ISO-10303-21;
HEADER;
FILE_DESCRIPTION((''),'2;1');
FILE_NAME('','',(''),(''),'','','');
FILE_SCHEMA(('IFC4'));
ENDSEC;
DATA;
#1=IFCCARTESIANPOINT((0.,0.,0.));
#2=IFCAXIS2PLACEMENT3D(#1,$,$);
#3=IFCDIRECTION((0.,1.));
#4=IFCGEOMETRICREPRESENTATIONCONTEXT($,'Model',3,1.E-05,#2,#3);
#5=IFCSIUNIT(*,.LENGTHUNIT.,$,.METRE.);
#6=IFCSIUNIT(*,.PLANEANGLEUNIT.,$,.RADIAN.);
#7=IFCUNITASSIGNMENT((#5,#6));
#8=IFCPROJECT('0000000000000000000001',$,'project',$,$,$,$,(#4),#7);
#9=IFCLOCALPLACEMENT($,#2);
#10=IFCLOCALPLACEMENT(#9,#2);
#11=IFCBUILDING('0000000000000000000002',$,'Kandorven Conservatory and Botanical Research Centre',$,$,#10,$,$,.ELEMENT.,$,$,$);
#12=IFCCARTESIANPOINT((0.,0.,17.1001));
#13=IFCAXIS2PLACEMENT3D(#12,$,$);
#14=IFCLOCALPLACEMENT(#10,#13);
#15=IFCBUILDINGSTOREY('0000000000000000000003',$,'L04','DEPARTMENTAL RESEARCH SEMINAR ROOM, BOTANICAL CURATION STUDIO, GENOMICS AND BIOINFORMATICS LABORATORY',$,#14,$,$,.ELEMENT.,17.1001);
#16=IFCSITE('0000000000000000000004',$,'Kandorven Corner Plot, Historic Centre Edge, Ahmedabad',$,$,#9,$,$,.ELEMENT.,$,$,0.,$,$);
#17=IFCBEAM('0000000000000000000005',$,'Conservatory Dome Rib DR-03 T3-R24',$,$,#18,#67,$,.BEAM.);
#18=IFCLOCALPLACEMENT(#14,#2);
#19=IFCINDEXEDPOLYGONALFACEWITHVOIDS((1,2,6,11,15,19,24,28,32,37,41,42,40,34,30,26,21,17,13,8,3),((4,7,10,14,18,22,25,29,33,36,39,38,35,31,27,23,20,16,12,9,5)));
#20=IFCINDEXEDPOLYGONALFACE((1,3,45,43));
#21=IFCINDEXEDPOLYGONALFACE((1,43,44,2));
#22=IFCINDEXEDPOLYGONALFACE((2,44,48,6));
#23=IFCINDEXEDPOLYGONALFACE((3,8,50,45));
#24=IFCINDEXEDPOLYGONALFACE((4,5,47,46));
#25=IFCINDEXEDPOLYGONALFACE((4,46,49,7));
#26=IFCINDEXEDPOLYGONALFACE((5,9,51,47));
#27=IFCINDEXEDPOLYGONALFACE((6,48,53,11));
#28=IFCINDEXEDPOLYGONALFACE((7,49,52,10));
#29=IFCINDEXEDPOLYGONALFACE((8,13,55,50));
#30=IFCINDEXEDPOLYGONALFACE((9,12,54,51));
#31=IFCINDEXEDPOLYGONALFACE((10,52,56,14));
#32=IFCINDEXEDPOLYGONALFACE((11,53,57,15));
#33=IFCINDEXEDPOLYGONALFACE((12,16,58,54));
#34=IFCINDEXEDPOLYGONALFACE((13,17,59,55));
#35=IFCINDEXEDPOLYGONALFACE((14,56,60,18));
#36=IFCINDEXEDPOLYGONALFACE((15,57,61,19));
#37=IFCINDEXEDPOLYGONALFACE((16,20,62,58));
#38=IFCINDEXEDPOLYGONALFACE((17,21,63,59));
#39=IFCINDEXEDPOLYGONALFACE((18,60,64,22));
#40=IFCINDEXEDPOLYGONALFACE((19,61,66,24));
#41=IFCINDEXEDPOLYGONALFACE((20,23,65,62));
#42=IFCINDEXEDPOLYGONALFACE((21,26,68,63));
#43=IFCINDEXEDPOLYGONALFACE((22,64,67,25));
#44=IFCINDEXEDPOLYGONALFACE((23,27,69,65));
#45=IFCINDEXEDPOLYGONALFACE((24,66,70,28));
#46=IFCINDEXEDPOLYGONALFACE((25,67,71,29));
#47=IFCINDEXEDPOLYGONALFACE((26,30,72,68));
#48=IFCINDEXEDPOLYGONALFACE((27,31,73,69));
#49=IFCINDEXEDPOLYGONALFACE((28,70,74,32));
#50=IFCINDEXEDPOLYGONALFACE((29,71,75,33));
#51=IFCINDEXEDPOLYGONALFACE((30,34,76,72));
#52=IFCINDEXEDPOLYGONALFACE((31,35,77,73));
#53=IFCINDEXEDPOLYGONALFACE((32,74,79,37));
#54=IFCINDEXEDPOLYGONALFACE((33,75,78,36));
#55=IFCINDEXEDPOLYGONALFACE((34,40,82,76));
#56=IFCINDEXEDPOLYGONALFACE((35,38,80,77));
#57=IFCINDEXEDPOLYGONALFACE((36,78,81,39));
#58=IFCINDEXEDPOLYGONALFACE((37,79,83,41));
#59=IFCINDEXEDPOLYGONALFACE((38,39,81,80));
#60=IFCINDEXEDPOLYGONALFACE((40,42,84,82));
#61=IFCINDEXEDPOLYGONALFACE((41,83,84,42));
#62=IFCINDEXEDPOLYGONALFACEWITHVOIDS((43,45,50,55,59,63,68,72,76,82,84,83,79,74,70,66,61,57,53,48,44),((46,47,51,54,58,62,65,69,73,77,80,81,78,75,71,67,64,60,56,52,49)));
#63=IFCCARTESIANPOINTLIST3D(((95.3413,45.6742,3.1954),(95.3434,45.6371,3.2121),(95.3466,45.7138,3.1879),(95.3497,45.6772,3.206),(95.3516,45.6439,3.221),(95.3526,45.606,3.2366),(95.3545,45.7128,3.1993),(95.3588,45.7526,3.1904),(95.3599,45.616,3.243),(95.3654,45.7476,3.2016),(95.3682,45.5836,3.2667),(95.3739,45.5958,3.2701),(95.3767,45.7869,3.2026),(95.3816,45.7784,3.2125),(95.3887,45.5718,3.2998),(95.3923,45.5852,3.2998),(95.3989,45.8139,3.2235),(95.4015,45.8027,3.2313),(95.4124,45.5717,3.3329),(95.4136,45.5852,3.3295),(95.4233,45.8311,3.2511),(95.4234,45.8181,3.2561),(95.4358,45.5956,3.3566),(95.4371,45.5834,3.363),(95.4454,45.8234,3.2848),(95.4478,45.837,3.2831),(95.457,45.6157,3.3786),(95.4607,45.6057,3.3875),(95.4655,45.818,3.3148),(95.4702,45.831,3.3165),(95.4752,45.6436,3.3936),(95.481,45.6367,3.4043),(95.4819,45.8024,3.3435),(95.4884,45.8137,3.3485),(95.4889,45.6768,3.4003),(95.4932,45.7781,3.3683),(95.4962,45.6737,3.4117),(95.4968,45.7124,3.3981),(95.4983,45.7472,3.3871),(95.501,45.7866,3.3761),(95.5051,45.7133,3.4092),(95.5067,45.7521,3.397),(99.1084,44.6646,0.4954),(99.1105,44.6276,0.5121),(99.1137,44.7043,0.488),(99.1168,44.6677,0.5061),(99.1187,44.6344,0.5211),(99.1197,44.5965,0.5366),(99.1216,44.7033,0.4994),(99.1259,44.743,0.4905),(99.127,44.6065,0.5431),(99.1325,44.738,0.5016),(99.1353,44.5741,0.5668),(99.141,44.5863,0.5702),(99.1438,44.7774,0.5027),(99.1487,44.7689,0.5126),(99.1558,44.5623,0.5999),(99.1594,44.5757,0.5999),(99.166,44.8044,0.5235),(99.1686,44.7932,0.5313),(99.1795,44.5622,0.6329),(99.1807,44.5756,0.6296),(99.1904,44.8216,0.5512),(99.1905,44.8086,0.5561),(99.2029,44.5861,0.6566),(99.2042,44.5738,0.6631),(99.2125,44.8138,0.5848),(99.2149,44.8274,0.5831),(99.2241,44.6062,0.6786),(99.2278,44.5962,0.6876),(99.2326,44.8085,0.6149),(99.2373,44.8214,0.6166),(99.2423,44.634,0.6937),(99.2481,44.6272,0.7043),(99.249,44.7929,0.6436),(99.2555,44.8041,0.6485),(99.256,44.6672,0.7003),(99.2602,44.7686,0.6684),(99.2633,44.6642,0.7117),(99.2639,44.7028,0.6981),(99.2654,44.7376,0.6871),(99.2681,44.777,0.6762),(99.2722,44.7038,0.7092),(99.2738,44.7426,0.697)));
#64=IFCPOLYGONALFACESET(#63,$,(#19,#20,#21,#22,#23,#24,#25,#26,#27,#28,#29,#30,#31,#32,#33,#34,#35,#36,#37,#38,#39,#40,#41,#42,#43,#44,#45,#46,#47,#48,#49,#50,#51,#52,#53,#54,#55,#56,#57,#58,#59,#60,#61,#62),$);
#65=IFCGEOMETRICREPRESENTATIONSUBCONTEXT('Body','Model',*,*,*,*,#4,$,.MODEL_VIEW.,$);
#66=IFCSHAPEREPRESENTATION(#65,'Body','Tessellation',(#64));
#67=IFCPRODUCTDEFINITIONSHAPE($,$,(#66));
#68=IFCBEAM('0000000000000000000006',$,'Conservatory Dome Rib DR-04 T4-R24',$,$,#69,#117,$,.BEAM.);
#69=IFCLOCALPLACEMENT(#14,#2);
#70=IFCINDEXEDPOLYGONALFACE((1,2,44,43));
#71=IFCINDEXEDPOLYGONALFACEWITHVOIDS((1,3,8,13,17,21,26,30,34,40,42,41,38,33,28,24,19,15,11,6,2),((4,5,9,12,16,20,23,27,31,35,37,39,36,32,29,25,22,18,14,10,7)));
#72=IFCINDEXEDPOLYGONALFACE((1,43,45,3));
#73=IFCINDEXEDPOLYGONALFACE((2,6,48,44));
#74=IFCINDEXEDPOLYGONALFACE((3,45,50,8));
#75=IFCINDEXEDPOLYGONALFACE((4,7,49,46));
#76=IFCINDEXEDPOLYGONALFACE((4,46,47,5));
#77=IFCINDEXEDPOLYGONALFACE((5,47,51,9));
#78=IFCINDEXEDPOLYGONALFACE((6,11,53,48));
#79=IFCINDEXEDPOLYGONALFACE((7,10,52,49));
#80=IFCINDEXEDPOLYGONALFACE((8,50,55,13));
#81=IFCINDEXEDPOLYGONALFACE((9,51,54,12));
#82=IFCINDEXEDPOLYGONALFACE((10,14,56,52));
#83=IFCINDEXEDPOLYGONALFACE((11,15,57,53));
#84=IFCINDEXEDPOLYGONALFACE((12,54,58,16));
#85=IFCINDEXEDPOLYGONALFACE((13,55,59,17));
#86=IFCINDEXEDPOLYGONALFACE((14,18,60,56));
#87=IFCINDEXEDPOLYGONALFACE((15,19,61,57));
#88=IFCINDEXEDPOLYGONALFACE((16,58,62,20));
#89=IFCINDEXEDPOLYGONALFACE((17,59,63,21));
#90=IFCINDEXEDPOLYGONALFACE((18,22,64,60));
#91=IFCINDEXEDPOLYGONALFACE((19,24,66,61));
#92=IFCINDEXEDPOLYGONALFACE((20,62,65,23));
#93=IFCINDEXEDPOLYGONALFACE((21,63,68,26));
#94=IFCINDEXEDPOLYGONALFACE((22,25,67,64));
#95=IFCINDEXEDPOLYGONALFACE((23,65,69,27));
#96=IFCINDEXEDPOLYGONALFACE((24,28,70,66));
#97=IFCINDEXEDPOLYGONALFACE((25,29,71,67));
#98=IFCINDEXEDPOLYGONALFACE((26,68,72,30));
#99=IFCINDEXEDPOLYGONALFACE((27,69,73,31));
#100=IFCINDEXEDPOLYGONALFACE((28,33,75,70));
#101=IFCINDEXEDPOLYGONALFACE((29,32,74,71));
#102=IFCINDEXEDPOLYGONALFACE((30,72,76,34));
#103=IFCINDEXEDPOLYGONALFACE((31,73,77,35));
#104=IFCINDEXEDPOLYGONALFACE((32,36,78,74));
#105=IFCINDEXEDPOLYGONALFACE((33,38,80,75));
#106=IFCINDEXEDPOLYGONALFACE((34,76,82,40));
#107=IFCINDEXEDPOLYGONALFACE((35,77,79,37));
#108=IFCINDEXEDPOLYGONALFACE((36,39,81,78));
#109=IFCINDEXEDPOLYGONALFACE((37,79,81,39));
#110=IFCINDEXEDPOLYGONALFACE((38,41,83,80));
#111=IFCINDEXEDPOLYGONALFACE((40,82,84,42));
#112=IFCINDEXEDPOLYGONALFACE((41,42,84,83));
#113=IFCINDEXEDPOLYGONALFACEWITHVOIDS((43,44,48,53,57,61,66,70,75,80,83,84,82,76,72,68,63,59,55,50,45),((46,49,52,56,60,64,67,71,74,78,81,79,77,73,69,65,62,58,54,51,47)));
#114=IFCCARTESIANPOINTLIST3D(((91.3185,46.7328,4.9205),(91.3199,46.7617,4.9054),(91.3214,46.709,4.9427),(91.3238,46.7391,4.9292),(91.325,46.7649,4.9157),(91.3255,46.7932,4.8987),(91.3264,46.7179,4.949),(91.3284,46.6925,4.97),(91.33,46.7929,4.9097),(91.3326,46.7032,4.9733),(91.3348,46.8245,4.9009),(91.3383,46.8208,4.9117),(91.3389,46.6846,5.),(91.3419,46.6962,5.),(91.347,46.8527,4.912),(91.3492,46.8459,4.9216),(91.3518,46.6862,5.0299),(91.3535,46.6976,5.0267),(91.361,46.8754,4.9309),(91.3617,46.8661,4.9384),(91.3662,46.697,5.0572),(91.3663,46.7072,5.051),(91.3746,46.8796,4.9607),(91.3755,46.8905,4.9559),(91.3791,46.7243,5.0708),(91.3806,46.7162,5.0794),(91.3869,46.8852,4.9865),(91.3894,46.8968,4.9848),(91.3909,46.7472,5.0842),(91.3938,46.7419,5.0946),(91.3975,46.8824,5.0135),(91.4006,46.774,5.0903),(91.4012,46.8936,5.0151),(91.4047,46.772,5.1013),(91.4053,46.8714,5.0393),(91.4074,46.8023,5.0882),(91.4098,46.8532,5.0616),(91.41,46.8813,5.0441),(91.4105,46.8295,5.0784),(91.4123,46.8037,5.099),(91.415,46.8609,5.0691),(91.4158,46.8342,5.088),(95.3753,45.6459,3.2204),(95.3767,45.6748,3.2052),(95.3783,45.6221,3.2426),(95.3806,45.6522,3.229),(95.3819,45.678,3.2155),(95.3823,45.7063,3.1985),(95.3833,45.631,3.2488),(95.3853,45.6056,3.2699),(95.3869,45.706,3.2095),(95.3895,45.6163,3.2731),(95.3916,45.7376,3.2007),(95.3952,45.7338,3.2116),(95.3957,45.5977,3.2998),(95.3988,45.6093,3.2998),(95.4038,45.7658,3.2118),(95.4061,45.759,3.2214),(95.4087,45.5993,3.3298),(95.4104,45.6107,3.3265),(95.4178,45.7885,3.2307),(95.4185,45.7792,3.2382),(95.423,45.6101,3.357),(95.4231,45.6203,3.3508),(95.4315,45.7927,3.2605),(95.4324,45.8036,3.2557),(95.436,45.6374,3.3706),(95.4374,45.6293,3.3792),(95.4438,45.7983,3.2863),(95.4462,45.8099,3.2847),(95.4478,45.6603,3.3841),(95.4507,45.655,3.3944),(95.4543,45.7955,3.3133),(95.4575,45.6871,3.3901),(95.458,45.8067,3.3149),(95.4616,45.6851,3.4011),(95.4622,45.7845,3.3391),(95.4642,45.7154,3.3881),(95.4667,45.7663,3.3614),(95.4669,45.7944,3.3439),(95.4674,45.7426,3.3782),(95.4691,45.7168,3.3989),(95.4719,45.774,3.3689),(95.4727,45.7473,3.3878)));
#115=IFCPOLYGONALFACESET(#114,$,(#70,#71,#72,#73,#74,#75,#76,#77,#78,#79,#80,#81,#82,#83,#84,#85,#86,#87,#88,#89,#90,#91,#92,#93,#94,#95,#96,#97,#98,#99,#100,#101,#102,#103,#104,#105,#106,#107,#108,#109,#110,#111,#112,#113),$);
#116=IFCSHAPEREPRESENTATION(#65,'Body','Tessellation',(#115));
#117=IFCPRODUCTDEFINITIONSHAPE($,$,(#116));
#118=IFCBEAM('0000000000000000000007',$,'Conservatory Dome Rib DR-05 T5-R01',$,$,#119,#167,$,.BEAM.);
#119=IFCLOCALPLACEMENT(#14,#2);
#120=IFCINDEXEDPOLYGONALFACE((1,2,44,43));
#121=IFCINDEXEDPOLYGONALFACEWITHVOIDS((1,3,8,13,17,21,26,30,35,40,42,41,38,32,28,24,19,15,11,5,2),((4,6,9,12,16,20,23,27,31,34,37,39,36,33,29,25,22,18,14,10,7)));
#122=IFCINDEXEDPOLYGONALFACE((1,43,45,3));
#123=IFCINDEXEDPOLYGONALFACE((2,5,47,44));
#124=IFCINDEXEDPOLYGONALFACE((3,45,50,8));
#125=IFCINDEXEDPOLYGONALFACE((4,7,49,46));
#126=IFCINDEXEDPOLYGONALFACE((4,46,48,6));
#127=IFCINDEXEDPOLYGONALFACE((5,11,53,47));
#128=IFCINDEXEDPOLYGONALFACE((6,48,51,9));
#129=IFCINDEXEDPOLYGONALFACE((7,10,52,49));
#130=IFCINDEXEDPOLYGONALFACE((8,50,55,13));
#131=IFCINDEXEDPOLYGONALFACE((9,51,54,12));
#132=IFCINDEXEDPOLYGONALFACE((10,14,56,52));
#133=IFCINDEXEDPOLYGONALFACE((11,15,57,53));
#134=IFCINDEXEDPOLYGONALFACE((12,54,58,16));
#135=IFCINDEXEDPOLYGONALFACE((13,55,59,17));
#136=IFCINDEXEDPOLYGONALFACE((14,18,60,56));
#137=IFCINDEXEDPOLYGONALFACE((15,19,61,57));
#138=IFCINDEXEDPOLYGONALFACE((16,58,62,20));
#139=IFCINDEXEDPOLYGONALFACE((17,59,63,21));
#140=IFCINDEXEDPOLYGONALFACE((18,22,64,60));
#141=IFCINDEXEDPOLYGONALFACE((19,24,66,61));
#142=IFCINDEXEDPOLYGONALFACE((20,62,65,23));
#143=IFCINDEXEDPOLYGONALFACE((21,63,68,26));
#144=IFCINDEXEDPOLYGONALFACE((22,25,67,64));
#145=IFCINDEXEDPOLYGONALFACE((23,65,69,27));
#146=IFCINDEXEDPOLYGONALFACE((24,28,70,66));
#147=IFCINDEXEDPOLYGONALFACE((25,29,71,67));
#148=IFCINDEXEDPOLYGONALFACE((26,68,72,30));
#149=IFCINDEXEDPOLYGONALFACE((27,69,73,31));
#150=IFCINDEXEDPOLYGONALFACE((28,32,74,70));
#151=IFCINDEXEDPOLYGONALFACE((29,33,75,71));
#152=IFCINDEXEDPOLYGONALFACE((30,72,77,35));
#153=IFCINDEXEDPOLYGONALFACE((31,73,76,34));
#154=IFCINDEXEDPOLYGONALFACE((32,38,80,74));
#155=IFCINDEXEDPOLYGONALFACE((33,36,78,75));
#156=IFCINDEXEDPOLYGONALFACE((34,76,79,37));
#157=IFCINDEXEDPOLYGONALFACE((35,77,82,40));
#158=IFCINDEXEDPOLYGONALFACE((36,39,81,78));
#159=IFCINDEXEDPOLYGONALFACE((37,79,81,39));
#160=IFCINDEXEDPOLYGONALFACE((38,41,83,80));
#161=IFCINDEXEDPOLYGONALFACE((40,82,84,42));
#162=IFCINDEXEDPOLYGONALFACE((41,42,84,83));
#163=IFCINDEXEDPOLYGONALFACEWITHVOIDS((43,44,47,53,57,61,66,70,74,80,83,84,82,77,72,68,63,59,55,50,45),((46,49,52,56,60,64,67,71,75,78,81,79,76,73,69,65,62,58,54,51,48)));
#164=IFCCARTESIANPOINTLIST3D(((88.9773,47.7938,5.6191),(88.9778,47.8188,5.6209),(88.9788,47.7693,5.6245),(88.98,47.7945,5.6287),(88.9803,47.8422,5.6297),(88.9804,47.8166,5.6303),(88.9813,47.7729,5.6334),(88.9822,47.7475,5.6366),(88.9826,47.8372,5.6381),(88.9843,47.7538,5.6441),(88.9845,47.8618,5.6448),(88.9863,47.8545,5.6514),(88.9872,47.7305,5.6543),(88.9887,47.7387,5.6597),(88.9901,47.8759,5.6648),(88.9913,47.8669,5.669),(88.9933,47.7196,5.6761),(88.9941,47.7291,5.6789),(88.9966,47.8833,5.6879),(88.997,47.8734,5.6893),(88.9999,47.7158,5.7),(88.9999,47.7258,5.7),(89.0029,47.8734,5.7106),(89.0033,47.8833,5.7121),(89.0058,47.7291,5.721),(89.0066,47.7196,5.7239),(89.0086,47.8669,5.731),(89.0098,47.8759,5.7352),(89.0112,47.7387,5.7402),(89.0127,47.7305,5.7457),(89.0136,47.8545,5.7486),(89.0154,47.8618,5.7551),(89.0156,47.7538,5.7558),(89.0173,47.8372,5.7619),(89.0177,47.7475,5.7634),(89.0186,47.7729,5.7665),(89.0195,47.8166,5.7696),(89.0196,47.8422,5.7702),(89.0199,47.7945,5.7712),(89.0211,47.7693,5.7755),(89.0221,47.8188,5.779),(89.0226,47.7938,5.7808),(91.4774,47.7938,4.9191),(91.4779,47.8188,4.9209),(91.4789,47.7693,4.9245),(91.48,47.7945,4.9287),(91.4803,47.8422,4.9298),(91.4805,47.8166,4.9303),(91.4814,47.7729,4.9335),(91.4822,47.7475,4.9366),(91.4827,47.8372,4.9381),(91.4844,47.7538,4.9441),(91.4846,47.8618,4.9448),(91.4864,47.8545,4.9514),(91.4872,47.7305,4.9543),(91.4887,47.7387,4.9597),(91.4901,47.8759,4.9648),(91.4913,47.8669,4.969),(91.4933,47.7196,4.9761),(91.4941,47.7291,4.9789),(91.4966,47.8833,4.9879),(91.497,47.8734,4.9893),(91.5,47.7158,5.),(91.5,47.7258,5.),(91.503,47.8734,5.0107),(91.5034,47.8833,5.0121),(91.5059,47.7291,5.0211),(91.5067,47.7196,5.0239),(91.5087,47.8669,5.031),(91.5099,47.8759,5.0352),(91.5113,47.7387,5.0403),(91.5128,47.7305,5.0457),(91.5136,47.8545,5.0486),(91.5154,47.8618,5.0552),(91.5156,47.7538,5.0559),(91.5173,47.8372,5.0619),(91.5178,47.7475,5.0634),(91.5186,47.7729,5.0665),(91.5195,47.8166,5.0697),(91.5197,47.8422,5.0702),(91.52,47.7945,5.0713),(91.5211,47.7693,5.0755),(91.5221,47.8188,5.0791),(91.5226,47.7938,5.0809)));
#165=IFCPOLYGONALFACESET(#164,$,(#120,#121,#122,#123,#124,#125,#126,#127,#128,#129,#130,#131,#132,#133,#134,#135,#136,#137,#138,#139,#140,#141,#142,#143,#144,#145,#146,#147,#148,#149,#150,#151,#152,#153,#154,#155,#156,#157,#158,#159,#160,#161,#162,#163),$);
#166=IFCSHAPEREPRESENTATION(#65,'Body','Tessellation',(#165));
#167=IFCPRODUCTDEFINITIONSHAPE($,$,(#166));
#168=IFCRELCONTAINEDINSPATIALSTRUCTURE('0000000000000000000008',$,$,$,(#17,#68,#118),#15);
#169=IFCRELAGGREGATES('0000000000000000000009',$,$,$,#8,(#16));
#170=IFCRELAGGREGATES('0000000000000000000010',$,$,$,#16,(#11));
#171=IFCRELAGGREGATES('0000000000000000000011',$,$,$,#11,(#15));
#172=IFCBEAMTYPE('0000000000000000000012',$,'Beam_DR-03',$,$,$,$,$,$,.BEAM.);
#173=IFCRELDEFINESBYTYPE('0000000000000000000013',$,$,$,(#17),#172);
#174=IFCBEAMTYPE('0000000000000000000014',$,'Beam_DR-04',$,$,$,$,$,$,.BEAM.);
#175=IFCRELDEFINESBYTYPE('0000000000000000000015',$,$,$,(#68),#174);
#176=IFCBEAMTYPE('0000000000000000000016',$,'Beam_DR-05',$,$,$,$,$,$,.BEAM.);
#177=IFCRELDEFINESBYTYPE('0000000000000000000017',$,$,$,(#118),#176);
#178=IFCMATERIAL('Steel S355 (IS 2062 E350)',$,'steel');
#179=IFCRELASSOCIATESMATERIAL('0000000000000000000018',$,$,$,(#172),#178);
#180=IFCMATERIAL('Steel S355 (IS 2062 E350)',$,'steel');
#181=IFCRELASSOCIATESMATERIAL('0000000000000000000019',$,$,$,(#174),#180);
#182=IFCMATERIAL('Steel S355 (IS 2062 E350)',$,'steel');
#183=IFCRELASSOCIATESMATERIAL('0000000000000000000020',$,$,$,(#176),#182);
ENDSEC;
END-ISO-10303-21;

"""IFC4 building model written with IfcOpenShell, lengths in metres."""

from ifc_helpers import new_model, si_unit, direction, frame, origin, origin_2d, place, context, subcontext, project, spatial, hollow_circle, extrude, material, material_profile, profile_set, type_object, element, save


model = new_model("IFC4")

# Units and contexts
model_context = context("Model", 3, precision=1e-05, world=origin(), true_north=direction((0.0, 1.0)))
body_context = subcontext(model_context, "Body", "Model", "MODEL_VIEW")
ifc_project = project(units=[si_unit("LENGTHUNIT", "METRE"), si_unit("PLANEANGLEUNIT", "RADIAN")], contexts=[model_context])

# Site, building, storey
site_placement = place(None, origin())
site = spatial("IfcSite", under=ifc_project, at=site_placement, Name="Kandorven Corner Plot, Historic Centre Edge, Ahmedabad", CompositionType="ELEMENT", RefElevation=0.0)
building_placement = place(site_placement, origin())
building = spatial("IfcBuilding", under=site, at=building_placement, Name="Kandorven Conservatory and Botanical Research Centre", CompositionType="ELEMENT")
storey_placement = place(building_placement, frame((0.0, 0.0, 17.1001)))
storey = spatial("IfcBuildingStorey", under=building, at=storey_placement, Name="L04", Description="DEPARTMENTAL RESEARCH SEMINAR ROOM, BOTANICAL CURATION STUDIO, GENOMICS AND BIOINFORMATICS LABORATORY", CompositionType="ELEMENT", Elevation=17.1001)

# Beams
ifc_material_1 = material(Name="Steel S355 (IS 2062 E350)", Category="steel")
ifc_material_profile_1 = material_profile(ifc_material_1, hollow_circle(Radius=0.1365, WallThickness=0.0139, at=origin_2d()))
ifc_profile_set_1 = profile_set([ifc_material_profile_1], Name="Steel S355 (IS 2062 E350)")
beam_type_1 = type_object("IfcBeamType", Name="Beam_DR-03", PredefinedType="BEAM", material=ifc_profile_set_1)
beam_1_placement = place(storey_placement, frame((99.1912, 44.6941, 0.5999), z_axis=(-0.794175, 0.212827, 0.569202), x_axis=(-0.258851, -0.965917, 0.0)))
element("IfcBeam", 1, at=beam_1_placement, inside=storey, type_object=beam_type_1, Name="Conservatory Dome Rib DR-03 T3-R24", PredefinedType="BEAM", context=body_context, shape_type="SweptSolid", body=[
    extrude(hollow_circle(Radius=0.1365, WallThickness=0.0139, at=origin_2d()), origin(), (0.0, 0.0, 1.0), 4.7434),
])
ifc_material_2 = material(Name="Steel S355 (IS 2062 E350)", Category="steel")
ifc_material_profile_2 = material_profile(ifc_material_2, hollow_circle(Radius=0.1096, WallThickness=0.012, at=origin_2d()))
ifc_profile_set_2 = profile_set([ifc_material_profile_2], Name="Steel S355 (IS 2062 E350)")
beam_type_2 = type_object("IfcBeamType", Name="Beam_DR-04", PredefinedType="BEAM", material=ifc_profile_set_2)
beam_2_placement = place(storey_placement, frame((95.4241, 45.7036, 3.2998), z_axis=(-0.895353, 0.239882, 0.375233), x_axis=(-0.258791, -0.965933, 0.0)))
element("IfcBeam", 2, at=beam_2_placement, inside=storey, type_object=beam_type_2, Name="Conservatory Dome Rib DR-04 T4-R24", PredefinedType="BEAM", context=body_context, shape_type="SweptSolid", body=[
    extrude(hollow_circle(Radius=0.1096, WallThickness=0.012, at=origin_2d()), origin(), (0.0, 0.0, 1.0), 4.531),
])
ifc_material_3 = material(Name="Steel S355 (IS 2062 E350)", Category="steel")
ifc_material_profile_3 = material_profile(ifc_material_3, hollow_circle(Radius=0.0842, WallThickness=0.01, at=origin_2d()))
ifc_profile_set_3 = profile_set([ifc_material_profile_3], Name="Steel S355 (IS 2062 E350)")
beam_type_3 = type_object("IfcBeamType", Name="Beam_DR-05", PredefinedType="BEAM", material=ifc_profile_set_3)
for number, where, z_axis, x_axis, name in (
    (3, (91.5, 47.8, 5.0), (-0.962969, 0.0, 0.269612), (0.0, -1.0, 0.0), "Conservatory Dome Rib DR-05 T5-R01"),
):
    element("IfcBeam", number, at=place(storey_placement, frame(where, z_axis=z_axis, x_axis=x_axis)), inside=storey, type_object=beam_type_3, Name=name, PredefinedType="BEAM", context=body_context, shape_type="SweptSolid", body=[
        extrude(hollow_circle(Radius=0.0842, WallThickness=0.01, at=origin_2d()), origin(), (0.0, 0.0, 1.0), 2.5962),
    ])

save(model, "model.ifc")
